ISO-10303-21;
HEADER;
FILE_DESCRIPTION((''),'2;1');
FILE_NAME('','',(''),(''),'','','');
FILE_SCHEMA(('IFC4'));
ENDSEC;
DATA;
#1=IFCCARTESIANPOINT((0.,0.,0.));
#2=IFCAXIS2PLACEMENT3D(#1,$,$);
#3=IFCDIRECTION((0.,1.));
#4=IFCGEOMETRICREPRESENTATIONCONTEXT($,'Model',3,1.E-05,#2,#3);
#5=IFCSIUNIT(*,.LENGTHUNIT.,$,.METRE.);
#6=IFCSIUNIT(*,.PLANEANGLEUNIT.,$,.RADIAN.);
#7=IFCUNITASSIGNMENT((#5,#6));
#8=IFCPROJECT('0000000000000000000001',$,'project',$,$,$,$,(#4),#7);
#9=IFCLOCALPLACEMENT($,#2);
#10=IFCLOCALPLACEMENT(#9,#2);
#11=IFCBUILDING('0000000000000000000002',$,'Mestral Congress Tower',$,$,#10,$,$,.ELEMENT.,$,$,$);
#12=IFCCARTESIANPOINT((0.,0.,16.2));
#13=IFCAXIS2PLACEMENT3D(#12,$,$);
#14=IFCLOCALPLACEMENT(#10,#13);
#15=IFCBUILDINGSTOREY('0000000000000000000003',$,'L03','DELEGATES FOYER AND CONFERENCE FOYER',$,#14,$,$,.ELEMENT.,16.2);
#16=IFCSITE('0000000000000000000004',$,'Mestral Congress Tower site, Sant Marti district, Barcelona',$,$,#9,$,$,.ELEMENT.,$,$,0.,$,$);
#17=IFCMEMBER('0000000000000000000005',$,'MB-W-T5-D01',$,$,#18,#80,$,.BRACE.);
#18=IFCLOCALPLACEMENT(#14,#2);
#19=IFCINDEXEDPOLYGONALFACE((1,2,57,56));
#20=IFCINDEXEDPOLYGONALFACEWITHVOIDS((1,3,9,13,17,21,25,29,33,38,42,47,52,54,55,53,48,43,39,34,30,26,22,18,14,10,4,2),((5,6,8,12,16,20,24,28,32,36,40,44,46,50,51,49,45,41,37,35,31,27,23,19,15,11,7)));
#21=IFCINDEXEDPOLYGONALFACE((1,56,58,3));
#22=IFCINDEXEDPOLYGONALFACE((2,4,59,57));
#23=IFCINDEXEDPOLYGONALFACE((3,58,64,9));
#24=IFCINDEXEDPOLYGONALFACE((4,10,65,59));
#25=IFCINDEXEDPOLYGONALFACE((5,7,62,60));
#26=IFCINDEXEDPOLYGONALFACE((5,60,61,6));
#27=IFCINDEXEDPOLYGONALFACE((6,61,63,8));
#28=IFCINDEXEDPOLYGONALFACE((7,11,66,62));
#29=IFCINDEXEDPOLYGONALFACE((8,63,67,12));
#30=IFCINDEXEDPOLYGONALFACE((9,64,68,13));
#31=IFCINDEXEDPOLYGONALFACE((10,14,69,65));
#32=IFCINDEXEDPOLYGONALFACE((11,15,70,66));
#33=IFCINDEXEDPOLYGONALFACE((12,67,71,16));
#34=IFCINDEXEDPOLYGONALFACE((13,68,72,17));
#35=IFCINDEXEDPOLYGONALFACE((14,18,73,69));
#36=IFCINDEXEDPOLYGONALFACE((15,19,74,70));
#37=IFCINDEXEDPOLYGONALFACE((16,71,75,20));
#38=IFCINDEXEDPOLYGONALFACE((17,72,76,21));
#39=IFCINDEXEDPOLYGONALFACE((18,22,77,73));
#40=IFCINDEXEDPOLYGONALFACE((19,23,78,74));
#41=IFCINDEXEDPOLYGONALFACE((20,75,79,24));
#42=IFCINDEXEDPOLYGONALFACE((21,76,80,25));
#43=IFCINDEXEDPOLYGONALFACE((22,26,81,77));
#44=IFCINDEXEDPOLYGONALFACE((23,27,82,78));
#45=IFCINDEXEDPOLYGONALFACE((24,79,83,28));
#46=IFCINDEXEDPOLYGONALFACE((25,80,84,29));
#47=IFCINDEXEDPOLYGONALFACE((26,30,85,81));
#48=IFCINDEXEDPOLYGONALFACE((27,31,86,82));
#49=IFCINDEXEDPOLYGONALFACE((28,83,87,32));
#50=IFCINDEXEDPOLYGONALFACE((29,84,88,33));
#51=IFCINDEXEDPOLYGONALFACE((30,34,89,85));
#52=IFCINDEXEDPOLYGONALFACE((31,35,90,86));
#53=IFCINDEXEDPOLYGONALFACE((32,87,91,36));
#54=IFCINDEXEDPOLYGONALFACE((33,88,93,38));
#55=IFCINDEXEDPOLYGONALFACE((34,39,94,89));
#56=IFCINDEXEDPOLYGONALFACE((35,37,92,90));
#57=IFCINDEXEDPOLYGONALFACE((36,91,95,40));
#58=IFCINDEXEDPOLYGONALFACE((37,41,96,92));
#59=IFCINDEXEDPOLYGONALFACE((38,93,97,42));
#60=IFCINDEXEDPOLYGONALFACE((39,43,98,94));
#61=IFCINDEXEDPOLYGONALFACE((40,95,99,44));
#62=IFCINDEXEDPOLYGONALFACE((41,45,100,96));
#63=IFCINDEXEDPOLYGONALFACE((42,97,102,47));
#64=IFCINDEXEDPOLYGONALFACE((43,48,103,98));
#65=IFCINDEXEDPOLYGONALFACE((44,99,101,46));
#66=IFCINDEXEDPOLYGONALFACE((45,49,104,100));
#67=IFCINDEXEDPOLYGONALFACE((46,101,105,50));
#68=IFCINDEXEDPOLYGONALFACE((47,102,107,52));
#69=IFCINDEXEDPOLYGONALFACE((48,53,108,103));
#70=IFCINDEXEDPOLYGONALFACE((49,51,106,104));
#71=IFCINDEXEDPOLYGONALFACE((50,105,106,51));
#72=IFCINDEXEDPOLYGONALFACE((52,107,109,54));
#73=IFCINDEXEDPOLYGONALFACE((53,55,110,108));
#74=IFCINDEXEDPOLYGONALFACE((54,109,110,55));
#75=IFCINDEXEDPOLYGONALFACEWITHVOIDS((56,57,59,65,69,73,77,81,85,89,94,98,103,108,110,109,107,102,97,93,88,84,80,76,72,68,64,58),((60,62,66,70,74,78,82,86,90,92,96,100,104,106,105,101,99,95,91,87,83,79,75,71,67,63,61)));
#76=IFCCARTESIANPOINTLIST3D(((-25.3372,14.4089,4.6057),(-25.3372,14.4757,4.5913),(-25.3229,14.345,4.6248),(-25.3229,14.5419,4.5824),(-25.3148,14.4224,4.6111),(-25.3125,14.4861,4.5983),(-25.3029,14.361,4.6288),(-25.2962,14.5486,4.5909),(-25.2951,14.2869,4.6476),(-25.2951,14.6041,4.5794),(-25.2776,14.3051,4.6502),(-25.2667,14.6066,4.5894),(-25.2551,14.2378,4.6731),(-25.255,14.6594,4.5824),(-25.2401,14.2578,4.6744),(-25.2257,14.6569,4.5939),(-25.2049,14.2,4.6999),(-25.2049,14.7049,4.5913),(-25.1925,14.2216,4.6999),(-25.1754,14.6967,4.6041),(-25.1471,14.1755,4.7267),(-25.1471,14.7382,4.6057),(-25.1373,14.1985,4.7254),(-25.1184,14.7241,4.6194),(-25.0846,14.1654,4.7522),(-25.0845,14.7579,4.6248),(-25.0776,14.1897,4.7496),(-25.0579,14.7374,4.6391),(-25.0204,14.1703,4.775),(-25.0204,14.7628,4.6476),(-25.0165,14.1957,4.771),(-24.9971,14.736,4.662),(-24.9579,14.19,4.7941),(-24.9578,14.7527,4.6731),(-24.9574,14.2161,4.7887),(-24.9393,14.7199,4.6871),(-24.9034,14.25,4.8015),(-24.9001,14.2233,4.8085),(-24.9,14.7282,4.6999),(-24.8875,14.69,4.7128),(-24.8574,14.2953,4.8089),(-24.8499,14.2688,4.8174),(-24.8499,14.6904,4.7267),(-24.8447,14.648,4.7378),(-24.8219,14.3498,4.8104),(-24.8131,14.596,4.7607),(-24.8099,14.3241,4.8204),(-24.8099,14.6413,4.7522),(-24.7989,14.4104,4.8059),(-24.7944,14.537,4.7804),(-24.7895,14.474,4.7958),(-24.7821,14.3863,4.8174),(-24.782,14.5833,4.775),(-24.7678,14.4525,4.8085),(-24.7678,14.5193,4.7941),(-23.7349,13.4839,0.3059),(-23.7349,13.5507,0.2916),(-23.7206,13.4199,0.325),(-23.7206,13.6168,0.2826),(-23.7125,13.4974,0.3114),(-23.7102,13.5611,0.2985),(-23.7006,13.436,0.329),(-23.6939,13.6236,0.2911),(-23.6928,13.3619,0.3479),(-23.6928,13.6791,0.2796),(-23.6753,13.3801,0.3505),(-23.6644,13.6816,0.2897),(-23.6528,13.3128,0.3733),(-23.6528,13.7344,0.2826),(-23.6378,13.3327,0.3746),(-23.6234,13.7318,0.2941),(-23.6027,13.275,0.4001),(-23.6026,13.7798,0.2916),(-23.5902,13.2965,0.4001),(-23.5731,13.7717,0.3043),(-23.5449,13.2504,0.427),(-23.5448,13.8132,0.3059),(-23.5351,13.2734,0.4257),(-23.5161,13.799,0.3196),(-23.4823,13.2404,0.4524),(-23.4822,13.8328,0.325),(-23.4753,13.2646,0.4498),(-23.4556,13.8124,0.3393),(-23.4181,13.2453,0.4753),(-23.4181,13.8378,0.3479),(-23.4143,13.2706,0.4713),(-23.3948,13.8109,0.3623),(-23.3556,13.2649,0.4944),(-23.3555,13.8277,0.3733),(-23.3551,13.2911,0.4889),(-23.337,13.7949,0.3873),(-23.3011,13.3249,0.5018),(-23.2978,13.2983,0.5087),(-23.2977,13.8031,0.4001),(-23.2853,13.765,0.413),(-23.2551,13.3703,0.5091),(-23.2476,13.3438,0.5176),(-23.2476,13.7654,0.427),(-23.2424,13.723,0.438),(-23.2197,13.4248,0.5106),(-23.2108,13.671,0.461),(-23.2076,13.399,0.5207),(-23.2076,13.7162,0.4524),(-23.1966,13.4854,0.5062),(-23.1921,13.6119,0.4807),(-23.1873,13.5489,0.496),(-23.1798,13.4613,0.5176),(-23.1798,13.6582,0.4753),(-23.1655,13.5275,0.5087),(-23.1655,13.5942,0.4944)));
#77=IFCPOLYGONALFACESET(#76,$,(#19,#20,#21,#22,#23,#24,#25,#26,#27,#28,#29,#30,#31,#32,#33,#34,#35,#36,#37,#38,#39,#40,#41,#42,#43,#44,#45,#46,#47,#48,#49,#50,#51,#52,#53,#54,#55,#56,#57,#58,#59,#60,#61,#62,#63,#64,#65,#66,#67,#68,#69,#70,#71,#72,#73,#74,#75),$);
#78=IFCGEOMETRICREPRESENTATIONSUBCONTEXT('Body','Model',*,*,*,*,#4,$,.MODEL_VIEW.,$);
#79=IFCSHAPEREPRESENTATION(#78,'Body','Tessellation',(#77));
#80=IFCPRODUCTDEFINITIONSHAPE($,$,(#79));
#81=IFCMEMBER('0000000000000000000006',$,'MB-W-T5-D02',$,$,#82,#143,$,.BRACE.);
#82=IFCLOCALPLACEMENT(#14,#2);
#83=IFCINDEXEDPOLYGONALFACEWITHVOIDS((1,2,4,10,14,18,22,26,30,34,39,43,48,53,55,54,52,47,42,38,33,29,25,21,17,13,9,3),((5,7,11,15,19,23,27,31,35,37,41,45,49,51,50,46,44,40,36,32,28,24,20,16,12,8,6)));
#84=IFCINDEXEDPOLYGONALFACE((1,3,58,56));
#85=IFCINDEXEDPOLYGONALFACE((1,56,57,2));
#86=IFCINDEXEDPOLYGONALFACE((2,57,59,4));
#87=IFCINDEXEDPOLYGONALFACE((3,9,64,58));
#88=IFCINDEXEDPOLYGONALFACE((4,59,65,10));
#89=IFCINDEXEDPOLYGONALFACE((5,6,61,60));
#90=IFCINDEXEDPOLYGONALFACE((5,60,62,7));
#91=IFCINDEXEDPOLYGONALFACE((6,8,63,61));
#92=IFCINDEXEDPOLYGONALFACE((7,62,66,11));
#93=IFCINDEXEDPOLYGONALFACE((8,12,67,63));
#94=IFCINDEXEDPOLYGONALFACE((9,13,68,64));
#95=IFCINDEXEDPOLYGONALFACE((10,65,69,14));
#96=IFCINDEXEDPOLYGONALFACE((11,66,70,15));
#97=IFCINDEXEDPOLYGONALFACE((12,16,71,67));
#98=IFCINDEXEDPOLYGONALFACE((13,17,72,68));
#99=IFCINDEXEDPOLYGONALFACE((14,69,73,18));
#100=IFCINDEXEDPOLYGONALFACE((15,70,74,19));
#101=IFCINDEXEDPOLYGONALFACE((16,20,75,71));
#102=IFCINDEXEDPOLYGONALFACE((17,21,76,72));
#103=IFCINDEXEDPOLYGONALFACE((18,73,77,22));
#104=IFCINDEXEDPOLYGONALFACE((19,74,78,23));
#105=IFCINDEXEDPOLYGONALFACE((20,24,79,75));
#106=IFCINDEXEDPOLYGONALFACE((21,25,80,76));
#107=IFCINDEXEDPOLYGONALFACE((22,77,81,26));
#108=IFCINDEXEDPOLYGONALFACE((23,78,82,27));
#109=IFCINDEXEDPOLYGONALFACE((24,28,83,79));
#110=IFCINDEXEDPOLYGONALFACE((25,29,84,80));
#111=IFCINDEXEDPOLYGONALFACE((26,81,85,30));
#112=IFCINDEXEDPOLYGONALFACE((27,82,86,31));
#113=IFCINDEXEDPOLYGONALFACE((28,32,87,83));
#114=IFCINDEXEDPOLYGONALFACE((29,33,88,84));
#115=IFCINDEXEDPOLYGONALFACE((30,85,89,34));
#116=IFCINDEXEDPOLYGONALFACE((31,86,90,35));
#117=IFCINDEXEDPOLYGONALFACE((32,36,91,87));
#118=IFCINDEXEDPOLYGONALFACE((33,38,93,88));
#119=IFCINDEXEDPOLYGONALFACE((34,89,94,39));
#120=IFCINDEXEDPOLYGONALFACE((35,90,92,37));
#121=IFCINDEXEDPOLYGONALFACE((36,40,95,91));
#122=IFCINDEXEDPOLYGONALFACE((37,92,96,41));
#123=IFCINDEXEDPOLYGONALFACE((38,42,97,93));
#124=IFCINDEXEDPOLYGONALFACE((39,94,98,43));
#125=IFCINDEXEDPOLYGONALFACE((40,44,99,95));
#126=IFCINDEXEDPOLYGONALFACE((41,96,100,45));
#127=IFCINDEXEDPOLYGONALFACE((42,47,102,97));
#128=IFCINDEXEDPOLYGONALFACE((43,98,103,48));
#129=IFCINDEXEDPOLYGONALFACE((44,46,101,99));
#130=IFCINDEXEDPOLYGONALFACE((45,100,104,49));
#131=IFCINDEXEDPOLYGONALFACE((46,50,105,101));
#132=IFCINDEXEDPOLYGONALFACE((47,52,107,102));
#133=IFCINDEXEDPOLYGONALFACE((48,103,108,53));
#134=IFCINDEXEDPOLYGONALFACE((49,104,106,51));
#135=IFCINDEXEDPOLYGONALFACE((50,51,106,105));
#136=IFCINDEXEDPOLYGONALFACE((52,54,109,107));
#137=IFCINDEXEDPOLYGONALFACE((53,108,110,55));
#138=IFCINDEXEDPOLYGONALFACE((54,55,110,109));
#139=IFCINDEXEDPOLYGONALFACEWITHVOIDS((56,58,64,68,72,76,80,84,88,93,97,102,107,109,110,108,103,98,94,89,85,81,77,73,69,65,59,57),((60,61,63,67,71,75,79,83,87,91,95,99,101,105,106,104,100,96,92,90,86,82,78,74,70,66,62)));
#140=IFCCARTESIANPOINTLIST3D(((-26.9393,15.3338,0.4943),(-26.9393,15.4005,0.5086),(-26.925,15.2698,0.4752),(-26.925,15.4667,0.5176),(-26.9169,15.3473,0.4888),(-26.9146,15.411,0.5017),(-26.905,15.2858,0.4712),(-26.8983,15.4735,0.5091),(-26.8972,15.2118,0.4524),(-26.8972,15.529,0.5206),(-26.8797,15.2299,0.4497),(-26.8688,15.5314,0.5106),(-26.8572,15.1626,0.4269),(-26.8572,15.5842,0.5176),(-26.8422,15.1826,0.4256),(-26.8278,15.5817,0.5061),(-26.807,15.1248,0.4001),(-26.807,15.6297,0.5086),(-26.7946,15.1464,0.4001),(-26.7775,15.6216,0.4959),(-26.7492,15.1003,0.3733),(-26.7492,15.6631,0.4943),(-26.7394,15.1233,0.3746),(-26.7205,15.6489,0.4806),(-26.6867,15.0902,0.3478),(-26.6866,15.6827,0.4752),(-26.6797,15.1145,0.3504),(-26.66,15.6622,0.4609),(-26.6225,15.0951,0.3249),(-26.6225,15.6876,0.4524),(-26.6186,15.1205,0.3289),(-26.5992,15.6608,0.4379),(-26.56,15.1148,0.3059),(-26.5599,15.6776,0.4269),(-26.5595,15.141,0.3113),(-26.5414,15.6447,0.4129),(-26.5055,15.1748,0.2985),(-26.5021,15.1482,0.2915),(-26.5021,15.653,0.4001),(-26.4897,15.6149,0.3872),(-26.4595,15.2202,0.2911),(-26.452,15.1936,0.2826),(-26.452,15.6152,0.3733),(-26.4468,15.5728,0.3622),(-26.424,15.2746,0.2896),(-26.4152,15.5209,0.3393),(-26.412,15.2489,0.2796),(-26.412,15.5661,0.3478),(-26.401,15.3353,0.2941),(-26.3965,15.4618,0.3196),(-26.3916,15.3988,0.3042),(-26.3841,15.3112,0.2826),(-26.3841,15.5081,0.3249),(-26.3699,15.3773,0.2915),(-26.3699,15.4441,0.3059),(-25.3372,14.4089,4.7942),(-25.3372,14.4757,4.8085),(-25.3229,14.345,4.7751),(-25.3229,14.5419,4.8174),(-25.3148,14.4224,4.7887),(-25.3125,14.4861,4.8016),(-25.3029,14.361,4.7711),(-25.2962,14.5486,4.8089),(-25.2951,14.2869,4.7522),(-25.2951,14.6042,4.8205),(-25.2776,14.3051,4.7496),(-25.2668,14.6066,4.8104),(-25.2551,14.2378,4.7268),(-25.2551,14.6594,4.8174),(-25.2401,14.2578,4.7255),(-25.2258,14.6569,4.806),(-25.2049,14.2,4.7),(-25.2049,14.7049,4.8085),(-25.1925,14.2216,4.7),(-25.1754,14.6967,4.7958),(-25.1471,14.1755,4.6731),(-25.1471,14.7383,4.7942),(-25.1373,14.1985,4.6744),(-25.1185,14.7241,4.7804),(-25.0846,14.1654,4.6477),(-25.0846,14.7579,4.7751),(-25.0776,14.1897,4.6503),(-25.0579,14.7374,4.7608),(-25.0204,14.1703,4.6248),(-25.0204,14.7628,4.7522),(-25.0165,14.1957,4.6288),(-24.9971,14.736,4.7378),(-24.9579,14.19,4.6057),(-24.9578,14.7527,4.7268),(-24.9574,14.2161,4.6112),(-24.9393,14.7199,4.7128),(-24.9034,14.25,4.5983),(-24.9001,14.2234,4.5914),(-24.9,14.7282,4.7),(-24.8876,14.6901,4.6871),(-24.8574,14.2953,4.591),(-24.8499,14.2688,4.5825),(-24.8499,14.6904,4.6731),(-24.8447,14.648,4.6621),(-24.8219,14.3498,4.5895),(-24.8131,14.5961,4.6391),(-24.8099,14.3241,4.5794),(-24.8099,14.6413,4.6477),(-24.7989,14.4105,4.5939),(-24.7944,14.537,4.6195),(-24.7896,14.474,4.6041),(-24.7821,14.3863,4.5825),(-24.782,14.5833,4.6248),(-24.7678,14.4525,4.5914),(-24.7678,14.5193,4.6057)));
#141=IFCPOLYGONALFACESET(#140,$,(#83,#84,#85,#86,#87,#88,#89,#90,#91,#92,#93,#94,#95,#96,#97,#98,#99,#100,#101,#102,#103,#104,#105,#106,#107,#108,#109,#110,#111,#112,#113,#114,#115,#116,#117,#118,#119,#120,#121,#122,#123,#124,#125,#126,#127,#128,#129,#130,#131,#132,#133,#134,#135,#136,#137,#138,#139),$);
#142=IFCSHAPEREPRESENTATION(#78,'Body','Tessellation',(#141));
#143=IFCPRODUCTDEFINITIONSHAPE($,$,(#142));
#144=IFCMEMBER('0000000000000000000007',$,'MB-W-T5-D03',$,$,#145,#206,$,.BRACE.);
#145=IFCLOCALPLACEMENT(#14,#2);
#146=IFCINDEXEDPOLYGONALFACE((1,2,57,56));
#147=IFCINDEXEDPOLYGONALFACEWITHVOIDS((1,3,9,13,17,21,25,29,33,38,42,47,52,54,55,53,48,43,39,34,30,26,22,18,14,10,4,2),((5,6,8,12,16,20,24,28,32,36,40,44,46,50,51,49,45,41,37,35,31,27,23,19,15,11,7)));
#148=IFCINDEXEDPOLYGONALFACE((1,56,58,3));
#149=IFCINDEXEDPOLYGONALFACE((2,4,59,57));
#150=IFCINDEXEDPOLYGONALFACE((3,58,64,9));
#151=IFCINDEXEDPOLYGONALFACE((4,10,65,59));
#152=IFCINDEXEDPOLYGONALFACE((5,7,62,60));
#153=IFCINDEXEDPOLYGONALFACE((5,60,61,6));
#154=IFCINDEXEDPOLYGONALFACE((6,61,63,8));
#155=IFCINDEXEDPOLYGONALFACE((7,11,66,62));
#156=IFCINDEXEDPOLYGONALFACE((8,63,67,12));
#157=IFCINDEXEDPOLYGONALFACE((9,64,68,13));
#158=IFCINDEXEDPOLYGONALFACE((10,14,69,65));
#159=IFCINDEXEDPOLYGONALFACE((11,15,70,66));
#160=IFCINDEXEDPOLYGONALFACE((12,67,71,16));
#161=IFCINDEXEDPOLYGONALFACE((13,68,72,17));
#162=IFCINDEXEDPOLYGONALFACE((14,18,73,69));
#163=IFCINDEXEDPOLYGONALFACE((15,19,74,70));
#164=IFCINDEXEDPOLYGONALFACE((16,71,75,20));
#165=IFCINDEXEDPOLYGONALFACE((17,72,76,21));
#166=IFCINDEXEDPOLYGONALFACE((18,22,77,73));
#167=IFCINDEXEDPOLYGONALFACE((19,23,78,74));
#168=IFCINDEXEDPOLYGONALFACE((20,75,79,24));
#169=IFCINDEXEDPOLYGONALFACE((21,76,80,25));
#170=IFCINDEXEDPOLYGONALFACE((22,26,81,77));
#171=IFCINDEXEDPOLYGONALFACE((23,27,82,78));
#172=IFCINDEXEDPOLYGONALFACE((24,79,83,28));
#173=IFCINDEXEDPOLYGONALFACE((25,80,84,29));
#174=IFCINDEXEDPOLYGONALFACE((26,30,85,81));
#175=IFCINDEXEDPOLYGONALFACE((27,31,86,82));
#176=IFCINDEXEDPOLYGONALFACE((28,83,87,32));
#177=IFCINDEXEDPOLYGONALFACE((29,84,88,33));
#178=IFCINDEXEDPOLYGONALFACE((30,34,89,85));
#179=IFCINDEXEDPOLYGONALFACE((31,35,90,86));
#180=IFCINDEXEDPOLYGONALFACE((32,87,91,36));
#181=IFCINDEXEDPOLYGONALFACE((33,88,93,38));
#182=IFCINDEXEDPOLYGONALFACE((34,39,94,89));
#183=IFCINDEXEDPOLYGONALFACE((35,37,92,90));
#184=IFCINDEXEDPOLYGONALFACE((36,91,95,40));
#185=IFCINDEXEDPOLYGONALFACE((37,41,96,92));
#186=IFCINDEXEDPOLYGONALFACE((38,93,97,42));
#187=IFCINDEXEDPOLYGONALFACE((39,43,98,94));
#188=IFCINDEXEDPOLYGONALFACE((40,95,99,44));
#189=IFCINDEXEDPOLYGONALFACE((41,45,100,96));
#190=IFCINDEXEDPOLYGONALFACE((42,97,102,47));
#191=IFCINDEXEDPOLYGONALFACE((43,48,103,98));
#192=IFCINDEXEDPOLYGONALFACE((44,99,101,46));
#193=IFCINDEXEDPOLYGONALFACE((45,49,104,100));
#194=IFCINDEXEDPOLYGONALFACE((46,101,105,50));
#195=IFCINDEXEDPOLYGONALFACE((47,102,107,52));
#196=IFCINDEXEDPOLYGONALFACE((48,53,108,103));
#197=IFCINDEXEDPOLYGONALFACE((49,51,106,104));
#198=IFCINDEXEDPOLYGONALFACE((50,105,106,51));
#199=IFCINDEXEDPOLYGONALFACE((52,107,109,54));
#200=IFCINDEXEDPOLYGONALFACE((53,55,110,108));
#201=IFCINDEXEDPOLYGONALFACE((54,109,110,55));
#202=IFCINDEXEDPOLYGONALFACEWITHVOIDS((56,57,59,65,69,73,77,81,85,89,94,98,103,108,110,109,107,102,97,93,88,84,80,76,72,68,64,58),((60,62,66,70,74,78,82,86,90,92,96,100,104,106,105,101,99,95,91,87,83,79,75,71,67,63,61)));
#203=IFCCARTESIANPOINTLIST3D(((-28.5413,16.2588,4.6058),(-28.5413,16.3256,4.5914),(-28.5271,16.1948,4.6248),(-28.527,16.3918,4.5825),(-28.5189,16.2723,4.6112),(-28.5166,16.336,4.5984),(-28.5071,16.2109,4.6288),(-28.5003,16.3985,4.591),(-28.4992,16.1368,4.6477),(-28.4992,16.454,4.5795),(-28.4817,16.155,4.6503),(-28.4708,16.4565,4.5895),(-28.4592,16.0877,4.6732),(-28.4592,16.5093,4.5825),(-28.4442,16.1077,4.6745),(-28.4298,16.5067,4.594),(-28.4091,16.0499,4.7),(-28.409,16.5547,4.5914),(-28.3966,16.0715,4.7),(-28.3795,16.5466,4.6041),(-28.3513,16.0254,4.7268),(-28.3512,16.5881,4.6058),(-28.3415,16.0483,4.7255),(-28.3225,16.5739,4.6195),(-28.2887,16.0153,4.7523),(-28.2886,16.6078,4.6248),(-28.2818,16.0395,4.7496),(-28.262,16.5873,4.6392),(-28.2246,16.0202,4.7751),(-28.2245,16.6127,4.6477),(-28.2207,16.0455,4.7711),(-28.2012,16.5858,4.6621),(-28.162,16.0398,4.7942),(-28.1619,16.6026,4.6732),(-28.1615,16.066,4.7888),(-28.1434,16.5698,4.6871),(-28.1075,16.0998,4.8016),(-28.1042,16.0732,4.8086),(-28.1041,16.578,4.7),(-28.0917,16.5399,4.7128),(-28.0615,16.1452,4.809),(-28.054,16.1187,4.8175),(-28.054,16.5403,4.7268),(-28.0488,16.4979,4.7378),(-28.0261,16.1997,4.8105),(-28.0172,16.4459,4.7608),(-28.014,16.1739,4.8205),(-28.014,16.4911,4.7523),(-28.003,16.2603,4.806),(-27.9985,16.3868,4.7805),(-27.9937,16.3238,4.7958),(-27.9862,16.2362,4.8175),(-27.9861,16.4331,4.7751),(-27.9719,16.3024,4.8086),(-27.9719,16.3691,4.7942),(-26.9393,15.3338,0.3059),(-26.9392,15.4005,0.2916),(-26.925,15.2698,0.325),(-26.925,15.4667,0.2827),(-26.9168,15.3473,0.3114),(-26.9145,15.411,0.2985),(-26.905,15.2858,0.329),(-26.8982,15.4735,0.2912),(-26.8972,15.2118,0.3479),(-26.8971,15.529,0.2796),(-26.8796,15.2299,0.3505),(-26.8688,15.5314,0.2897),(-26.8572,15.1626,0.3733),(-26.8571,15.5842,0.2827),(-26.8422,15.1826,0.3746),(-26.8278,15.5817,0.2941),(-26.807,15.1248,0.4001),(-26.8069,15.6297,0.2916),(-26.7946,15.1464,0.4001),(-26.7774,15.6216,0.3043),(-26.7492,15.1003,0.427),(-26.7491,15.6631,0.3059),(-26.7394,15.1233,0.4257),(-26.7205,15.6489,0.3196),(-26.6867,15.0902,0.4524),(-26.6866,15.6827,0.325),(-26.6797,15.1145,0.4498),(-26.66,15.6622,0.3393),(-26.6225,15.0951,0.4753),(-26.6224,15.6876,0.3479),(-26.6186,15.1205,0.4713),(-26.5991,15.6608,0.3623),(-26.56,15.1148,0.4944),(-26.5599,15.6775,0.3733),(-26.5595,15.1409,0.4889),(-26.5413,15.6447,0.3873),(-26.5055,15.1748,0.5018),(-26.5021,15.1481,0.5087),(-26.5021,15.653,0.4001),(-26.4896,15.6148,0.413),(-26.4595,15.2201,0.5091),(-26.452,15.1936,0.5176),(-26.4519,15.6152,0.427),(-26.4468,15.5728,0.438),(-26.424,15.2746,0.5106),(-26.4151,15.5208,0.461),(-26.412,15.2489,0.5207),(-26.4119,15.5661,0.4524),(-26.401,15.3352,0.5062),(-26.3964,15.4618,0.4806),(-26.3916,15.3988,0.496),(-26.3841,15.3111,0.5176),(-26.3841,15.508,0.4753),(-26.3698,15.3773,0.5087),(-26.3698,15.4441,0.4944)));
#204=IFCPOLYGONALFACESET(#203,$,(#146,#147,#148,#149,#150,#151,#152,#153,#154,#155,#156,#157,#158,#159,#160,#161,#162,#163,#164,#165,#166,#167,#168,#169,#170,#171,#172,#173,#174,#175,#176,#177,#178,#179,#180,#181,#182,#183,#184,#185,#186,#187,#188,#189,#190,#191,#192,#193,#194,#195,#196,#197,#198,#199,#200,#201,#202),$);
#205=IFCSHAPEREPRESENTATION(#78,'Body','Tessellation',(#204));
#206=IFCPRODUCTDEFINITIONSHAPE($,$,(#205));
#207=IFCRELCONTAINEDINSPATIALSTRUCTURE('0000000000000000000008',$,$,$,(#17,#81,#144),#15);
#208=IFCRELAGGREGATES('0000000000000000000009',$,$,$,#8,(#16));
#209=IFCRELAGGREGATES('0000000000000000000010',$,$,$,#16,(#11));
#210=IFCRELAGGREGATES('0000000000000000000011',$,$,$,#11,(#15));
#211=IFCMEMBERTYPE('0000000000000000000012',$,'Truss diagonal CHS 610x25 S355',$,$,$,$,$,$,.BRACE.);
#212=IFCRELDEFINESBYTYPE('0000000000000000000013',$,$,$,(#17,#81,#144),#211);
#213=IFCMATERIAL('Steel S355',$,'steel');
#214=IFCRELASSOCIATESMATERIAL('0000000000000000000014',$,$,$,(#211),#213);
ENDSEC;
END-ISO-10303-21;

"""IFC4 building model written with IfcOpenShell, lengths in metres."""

from ifc_helpers import new_model, si_unit, direction, frame, origin, origin_2d, place, context, subcontext, project, spatial, hollow_circle, extrude, material, material_profile, profile_set, type_object, element, save


model = new_model("IFC4")

# Units and contexts
model_context = context("Model", 3, precision=1e-05, world=origin(), true_north=direction((0.0, 1.0)))
body_context = subcontext(model_context, "Body", "Model", "MODEL_VIEW")
ifc_project = project(units=[si_unit("LENGTHUNIT", "METRE"), si_unit("PLANEANGLEUNIT", "RADIAN")], contexts=[model_context])

# Site, building, storey
site_placement = place(None, origin())
site = spatial("IfcSite", under=ifc_project, at=site_placement, Name="Mestral Congress Tower site, Sant Marti district, Barcelona", CompositionType="ELEMENT", RefElevation=0.0)
building_placement = place(site_placement, origin())
building = spatial("IfcBuilding", under=site, at=building_placement, Name="Mestral Congress Tower", CompositionType="ELEMENT")
storey_placement = place(building_placement, frame((0.0, 0.0, 16.2)))
storey = spatial("IfcBuildingStorey", under=building, at=storey_placement, Name="L03", Description="DELEGATES FOYER AND CONFERENCE FOYER", CompositionType="ELEMENT", Elevation=16.2)

# Members
ifc_material_1 = material(Name="Steel S355", Category="steel")
ifc_material_profile_1 = material_profile(ifc_material_1, hollow_circle(Radius=0.3049, WallThickness=0.0249, at=origin_2d()), Name="CHS 610x25")
ifc_profile_set_1 = profile_set([ifc_material_profile_1], Name="Steel S355")
member_type_1 = type_object("IfcMemberType", Name="Truss diagonal CHS 610x25 S355", PredefinedType="BRACE", material=ifc_profile_set_1)
for number, where, z_axis, x_axis, name in (
    (1, (-23.4502, 13.5391, 0.4001), (-0.342301, 0.197619, 0.918573), (-0.499985, -0.866034, 0.0), "MB-W-T5-D01"),
    (2, (-25.0525, 14.4641, 4.7), (-0.342258, 0.197573, -0.918599), (-0.499943, -0.866058, 0.0), "MB-W-T5-D02"),
    (3, (-26.6545, 15.3889, 0.4001), (-0.342254, 0.197623, 0.91859), (-0.500042, -0.866001, 0.0), "MB-W-T5-D03"),
):
    element("IfcMember", number, at=place(storey_placement, frame(where, z_axis=z_axis, x_axis=x_axis)), inside=storey, type_object=member_type_1, Name=name, PredefinedType="BRACE", context=body_context, shape_type="SweptSolid", body=[
        extrude(hollow_circle(Radius=0.3049, WallThickness=0.0249, at=origin_2d()), origin(), (0.0, 0.0, 1.0), 4.6809),
    ])

save(model, "model.ifc")
